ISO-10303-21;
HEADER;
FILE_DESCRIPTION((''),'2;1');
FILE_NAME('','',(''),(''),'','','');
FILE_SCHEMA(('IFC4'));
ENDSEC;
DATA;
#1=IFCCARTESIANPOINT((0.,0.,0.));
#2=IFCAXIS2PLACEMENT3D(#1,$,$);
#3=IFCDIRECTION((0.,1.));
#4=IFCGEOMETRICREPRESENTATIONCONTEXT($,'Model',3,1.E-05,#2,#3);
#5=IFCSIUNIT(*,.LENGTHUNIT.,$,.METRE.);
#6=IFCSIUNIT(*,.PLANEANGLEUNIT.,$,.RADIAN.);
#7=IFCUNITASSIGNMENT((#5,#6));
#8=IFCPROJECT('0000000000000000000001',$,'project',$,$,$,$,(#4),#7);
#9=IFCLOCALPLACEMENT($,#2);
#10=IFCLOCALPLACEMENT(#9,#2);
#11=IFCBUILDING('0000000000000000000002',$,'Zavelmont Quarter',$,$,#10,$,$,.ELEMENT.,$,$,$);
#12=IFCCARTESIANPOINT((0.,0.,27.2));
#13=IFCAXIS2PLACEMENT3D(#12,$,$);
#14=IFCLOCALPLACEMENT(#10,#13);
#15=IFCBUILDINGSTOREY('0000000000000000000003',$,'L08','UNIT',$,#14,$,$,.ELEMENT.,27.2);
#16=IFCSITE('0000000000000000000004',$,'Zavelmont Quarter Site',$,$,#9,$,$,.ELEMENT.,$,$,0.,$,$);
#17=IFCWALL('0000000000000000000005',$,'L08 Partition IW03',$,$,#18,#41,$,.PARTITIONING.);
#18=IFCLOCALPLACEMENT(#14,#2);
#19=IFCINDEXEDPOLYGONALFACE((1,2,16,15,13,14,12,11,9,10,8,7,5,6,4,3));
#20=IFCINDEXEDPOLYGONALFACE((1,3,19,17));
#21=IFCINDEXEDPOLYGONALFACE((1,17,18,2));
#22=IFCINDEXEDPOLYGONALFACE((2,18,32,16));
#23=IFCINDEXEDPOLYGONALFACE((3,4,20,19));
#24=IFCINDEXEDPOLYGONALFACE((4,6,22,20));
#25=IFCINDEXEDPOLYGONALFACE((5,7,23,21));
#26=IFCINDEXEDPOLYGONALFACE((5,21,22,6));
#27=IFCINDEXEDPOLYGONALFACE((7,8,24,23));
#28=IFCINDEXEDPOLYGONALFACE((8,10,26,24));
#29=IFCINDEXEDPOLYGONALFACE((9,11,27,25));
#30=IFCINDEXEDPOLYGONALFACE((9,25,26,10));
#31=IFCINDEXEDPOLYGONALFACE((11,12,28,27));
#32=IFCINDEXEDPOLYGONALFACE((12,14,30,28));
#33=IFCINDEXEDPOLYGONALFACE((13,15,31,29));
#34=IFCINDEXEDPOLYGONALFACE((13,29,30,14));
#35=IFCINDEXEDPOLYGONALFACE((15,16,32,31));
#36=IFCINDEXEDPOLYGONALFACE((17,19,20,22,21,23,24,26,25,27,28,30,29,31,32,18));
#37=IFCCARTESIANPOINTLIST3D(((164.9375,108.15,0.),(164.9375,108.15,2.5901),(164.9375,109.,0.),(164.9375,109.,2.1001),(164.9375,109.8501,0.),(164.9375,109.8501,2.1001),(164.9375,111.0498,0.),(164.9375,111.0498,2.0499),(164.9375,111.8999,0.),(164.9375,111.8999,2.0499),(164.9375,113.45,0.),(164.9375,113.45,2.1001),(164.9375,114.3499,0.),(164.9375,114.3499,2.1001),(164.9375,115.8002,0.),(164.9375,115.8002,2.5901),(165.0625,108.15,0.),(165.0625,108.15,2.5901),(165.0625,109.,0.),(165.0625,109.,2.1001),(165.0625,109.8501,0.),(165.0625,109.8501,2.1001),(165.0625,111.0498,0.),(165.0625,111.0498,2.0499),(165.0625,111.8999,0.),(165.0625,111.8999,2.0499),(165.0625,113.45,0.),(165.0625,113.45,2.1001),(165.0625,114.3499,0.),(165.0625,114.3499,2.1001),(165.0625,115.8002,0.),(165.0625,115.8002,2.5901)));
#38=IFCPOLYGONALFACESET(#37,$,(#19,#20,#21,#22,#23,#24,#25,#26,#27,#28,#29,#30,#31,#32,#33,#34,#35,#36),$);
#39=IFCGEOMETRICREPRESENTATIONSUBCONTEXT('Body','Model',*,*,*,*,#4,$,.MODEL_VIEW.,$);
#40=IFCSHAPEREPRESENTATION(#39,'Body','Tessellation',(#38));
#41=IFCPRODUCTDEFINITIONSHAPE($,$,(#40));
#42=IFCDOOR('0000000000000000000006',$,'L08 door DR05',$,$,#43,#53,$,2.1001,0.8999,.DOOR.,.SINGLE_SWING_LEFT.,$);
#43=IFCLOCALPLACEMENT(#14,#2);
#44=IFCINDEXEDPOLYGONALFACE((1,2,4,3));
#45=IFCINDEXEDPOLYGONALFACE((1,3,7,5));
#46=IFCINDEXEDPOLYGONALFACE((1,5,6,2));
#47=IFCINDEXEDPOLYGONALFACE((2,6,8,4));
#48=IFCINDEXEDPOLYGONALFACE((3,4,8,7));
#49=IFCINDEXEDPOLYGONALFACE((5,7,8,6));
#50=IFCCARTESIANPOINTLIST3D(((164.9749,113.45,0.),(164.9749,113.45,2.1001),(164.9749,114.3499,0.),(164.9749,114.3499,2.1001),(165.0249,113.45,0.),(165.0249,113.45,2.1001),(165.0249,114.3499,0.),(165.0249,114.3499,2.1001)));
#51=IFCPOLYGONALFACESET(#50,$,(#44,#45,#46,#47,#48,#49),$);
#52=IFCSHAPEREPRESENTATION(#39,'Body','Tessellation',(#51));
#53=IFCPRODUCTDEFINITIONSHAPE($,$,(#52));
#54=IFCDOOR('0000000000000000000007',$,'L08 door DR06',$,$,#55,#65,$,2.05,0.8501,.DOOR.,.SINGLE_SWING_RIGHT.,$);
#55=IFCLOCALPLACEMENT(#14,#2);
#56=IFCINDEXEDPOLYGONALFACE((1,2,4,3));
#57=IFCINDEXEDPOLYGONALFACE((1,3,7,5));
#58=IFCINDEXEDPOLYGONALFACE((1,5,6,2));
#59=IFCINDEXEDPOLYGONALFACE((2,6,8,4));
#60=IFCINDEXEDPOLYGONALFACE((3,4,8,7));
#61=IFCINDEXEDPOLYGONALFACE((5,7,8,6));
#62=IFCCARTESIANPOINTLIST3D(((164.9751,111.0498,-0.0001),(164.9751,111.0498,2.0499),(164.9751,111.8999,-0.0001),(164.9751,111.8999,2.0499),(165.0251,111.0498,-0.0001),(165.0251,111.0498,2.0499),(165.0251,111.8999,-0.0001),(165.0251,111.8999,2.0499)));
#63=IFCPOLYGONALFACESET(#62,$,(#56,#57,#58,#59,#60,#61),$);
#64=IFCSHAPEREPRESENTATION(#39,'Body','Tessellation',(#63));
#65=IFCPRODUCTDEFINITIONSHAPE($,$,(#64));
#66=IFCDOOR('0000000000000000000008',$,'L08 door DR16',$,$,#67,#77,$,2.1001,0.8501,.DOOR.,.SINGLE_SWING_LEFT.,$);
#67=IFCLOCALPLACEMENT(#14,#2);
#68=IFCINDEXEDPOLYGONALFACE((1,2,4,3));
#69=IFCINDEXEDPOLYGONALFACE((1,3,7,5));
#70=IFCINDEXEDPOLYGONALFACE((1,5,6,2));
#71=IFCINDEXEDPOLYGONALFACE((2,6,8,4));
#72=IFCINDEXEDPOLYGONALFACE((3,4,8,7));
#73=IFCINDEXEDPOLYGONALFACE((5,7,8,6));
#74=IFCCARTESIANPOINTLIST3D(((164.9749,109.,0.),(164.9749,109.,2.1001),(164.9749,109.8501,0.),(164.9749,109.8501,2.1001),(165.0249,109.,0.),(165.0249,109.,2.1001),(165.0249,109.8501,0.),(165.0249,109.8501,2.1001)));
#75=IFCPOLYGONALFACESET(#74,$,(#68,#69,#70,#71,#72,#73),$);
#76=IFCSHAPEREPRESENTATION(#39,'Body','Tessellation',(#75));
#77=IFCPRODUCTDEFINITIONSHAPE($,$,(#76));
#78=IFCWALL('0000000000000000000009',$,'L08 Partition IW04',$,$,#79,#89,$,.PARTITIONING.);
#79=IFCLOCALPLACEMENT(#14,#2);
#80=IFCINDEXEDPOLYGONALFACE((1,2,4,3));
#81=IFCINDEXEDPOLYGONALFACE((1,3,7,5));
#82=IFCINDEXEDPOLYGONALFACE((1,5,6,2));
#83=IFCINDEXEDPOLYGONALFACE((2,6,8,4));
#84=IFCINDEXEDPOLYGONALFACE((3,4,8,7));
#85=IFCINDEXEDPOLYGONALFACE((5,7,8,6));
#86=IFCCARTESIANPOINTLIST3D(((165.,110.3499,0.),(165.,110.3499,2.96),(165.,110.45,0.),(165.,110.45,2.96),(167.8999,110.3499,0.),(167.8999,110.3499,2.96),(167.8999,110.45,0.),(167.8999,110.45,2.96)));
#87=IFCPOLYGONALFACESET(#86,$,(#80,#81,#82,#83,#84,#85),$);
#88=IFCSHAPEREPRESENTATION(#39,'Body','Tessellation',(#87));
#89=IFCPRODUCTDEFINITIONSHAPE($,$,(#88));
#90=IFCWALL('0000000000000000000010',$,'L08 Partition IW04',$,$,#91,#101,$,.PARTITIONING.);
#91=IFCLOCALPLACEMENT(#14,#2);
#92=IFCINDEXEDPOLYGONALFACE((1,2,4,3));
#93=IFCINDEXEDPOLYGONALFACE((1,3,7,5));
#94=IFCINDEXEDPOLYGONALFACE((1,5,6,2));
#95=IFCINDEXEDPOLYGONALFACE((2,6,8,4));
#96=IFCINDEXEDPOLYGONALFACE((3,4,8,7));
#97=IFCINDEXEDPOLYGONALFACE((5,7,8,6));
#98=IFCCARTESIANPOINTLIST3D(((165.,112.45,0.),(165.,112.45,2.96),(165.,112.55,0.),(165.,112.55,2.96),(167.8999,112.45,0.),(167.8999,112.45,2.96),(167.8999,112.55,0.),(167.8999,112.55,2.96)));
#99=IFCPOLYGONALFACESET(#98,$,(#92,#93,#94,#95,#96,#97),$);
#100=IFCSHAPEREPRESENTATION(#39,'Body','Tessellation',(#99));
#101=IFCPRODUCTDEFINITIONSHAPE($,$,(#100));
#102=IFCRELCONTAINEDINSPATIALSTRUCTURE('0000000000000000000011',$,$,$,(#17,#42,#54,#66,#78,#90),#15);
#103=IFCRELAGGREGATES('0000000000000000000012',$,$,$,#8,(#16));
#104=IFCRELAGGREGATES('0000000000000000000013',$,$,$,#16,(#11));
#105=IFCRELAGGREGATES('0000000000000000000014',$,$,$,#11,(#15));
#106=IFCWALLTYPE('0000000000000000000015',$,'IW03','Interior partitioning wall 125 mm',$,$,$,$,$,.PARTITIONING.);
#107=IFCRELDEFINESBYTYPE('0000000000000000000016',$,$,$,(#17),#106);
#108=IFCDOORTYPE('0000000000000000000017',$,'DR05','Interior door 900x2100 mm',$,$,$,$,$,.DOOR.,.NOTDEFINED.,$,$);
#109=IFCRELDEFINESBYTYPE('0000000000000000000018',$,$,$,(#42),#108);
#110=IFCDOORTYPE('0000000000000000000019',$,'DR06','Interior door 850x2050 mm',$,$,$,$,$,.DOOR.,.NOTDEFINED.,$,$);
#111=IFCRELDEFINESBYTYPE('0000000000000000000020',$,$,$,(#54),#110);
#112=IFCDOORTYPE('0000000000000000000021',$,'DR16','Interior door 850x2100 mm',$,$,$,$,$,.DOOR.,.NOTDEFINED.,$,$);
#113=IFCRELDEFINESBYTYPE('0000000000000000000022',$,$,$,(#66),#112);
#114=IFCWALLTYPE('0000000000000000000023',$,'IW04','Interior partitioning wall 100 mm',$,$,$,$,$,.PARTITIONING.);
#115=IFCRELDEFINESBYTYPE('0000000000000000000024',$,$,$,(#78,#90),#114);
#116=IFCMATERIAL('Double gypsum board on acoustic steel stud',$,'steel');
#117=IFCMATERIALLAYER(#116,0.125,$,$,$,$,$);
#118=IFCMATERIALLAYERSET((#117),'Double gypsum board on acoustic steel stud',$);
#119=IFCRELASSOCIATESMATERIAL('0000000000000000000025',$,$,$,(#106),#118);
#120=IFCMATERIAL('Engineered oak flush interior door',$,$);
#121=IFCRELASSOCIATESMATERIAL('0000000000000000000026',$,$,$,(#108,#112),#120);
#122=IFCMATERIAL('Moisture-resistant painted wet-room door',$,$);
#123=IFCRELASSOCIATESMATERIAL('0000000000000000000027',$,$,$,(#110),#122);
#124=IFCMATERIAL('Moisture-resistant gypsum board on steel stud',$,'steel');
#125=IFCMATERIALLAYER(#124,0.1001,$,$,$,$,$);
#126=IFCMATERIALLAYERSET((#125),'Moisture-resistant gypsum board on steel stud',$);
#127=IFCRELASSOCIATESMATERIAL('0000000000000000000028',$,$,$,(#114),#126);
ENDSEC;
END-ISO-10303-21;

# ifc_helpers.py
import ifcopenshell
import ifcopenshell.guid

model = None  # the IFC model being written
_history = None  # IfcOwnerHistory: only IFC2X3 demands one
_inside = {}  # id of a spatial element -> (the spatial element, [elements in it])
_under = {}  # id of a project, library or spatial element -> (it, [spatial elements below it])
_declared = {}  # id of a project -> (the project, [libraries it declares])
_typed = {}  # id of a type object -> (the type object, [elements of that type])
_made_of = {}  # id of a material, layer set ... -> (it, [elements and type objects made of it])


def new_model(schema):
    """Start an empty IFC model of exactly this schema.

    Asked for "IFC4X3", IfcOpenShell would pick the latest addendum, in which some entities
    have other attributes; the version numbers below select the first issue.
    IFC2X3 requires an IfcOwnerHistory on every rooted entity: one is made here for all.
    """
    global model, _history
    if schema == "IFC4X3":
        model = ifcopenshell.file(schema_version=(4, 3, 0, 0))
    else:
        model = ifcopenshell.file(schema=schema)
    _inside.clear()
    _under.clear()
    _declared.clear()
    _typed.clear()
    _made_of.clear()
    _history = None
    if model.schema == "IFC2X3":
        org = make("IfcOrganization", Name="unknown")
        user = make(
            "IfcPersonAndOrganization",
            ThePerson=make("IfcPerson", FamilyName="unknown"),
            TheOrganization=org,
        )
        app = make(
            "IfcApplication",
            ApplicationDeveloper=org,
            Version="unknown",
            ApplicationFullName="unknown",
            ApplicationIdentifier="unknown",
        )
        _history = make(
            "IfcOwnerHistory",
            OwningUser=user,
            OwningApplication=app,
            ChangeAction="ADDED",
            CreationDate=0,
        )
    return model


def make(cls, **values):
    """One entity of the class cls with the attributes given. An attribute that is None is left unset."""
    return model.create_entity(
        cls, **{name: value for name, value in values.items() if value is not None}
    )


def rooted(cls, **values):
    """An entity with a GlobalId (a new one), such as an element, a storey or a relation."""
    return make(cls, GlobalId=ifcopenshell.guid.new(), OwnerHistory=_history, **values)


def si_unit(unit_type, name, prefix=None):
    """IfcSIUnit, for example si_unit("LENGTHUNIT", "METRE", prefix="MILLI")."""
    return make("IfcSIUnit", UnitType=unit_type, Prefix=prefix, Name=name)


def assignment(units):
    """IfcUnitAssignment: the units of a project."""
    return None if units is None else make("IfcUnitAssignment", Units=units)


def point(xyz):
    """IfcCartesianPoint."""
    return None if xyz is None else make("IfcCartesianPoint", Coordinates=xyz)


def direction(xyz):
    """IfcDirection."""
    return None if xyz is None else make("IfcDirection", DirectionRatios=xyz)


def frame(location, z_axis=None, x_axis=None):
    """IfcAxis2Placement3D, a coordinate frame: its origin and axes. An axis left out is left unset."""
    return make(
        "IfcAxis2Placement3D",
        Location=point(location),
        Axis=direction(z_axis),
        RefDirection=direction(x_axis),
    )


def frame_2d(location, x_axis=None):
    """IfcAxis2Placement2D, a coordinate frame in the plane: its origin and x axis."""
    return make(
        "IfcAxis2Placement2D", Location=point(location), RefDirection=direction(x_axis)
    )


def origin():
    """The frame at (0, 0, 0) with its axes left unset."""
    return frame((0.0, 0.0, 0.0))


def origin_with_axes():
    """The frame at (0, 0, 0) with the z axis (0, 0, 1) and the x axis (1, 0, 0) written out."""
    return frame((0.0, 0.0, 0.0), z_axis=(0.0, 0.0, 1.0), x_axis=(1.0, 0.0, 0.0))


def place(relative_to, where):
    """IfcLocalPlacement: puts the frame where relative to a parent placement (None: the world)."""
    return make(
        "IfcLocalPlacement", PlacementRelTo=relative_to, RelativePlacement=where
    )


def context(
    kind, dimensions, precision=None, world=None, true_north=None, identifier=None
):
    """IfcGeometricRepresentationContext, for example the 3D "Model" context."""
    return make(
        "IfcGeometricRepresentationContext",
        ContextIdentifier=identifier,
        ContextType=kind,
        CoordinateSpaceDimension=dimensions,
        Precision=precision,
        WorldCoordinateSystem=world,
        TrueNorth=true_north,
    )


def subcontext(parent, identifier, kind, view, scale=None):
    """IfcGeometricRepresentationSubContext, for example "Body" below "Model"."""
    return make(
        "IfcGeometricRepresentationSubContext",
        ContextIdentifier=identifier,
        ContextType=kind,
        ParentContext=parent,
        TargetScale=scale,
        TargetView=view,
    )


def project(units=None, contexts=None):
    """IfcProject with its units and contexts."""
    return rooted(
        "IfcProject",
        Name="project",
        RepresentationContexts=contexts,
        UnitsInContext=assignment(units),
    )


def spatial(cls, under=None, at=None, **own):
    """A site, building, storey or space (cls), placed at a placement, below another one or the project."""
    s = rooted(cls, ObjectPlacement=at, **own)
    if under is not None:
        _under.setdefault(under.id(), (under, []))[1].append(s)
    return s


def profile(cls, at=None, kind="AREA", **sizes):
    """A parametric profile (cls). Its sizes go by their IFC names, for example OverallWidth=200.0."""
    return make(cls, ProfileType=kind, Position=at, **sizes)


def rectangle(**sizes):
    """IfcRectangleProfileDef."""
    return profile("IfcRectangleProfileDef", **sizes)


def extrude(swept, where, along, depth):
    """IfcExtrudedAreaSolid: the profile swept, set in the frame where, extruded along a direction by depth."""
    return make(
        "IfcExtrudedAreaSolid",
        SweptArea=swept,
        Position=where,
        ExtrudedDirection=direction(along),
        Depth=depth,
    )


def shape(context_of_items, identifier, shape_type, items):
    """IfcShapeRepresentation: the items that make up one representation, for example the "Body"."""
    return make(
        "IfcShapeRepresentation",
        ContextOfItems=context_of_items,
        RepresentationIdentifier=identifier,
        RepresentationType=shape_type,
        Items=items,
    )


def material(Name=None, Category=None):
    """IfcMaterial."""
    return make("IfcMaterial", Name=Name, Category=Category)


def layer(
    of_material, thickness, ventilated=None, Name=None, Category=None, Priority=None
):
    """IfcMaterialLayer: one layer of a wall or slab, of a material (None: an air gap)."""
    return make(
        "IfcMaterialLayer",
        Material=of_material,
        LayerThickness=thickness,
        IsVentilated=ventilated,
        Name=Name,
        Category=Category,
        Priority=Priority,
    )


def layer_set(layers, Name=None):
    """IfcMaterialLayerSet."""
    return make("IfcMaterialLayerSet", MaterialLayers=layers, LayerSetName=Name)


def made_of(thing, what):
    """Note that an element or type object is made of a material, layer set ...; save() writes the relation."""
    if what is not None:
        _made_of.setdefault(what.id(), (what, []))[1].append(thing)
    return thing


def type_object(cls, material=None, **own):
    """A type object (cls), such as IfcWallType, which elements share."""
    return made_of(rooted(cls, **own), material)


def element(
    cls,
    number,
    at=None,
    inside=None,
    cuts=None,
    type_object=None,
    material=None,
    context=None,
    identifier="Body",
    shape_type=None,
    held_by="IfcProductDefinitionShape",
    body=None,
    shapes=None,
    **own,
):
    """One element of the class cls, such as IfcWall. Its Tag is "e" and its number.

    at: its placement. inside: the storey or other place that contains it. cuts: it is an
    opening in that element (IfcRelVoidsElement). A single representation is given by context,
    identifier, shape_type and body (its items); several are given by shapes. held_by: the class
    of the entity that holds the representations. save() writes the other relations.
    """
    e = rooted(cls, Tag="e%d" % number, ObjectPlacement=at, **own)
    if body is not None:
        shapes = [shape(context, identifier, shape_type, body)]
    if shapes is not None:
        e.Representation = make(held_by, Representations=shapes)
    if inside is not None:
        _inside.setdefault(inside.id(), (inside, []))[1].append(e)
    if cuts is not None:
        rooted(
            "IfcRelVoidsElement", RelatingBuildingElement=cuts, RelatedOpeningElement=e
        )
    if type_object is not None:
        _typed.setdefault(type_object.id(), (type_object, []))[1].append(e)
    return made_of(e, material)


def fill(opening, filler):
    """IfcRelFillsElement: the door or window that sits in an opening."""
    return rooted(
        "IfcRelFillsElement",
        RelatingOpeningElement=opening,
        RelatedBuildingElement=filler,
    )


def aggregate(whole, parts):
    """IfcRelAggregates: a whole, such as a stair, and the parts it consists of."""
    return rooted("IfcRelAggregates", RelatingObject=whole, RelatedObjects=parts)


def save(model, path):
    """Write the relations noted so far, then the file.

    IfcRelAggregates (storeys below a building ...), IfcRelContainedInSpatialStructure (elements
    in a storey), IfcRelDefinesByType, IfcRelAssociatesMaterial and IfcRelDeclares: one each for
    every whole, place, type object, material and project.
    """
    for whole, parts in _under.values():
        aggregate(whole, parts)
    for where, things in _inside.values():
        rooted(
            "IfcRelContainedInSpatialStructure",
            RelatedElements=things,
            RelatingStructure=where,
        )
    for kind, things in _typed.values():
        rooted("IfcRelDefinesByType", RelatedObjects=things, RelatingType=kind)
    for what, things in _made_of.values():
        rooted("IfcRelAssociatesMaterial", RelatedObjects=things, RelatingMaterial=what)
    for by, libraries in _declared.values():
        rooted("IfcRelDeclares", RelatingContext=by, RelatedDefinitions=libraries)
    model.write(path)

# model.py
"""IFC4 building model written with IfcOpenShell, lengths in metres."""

from ifc_helpers import new_model, si_unit, direction, frame, frame_2d, origin, origin_with_axes, place, context, subcontext, project, spatial, rectangle, extrude, material, layer, layer_set, type_object, element, fill, save


model = new_model("IFC4")

# Units and contexts
model_context = context("Model", 3, precision=1e-05, world=origin(), true_north=direction((0.0, 1.0)))
body_context = subcontext(model_context, "Body", "Model", "MODEL_VIEW")
ifc_project = project(units=[si_unit("LENGTHUNIT", "METRE"), si_unit("PLANEANGLEUNIT", "RADIAN")], contexts=[model_context])

# Site, building, storey
site_placement = place(None, origin())
site = spatial("IfcSite", under=ifc_project, at=site_placement, Name="Zavelmont Quarter Site", CompositionType="ELEMENT", RefElevation=0.0)
building_placement = place(site_placement, origin())
building = spatial("IfcBuilding", under=site, at=building_placement, Name="Zavelmont Quarter", CompositionType="ELEMENT")
storey_placement = place(building_placement, frame((0.0, 0.0, 27.2)))
storey = spatial("IfcBuildingStorey", under=building, at=storey_placement, Name="L08", Description="UNIT", CompositionType="ELEMENT", Elevation=27.2)

# Wall, openings, doors
ifc_material_1 = material(Name="Double gypsum board on acoustic steel stud", Category="steel")
ifc_layer_1 = layer(ifc_material_1, 0.125)
ifc_layer_set_1 = layer_set([ifc_layer_1], Name="Double gypsum board on acoustic steel stud")
wall_type_1 = type_object("IfcWallType", Name="IW03", Description="Interior partitioning wall 125 mm", PredefinedType="PARTITIONING", material=ifc_layer_set_1)
wall_placement = place(storey_placement, frame((165.0, 108.1499, 0.0), z_axis=(0.0, 0.0, 1.0), x_axis=(0.0, 1.0, 0.0)))
wall = element("IfcWall", 1, at=wall_placement, inside=storey, type_object=wall_type_1, Name="L08 Partition IW03", PredefinedType="PARTITIONING", context=body_context, shape_type="SweptSolid", body=[
    extrude(rectangle(XDim=7.6501, YDim=0.125, at=frame_2d((3.8252, 0.0))), origin(), (0.0, 0.0, 1.0), 2.5901),
])
opening_1_placement = place(wall_placement, frame((0.8501, 0.0, 0.0)))
opening_1 = element("IfcOpeningElement", 2, at=opening_1_placement, cuts=wall, PredefinedType="OPENING", context=body_context, shape_type="SweptSolid", body=[
    extrude(rectangle(XDim=0.8501, YDim=2.1001, at=frame_2d((0.425, 1.05))), frame((0.0, 0.0745, 0.0), z_axis=(0.0, -1.0, 0.0), x_axis=(1.0, 0.0, 0.0)), (0.0, 0.0, 1.0), 0.1489),
])
opening_2_placement = place(wall_placement, frame((2.8999, 0.0, 0.0)))
opening_2 = element("IfcOpeningElement", 3, at=opening_2_placement, cuts=wall, PredefinedType="OPENING", context=body_context, shape_type="SweptSolid", body=[
    extrude(rectangle(XDim=0.8501, YDim=2.05, at=frame_2d((0.425, 1.0249))), frame((0.0, 0.0745, 0.0), z_axis=(0.0, -1.0, 0.0), x_axis=(1.0, 0.0, 0.0)), (0.0, 0.0, 1.0), 0.1489),
])
opening_3_placement = place(wall_placement, frame((5.3, 0.0, 0.0)))
opening_3 = element("IfcOpeningElement", 4, at=opening_3_placement, cuts=wall, PredefinedType="OPENING", context=body_context, shape_type="SweptSolid", body=[
    extrude(rectangle(XDim=0.8999, YDim=2.1001, at=frame_2d((0.45, 1.05))), frame((0.0, 0.0745, 0.0), z_axis=(0.0, -1.0, 0.0), x_axis=(1.0, 0.0, 0.0)), (0.0, 0.0, 1.0), 0.1489),
])
ifc_material_2 = material(Name="Engineered oak flush interior door")
door_type_1 = type_object("IfcDoorType", Name="DR05", Description="Interior door 900x2100 mm", OperationType="NOTDEFINED", PredefinedType="DOOR", material=ifc_material_2)
door_1_placement = place(opening_3_placement, frame((0.8999, 0.0, 0.0), z_axis=(0.0, 0.0, 1.0), x_axis=(-1.0, 0.0, 0.0)))
door_1 = element("IfcDoor", 5, at=door_1_placement, inside=storey, type_object=door_type_1, Name="L08 door DR05", OperationType="SINGLE_SWING_LEFT", OverallHeight=2.1001, OverallWidth=0.8999, PredefinedType="DOOR", context=body_context, shape_type="SweptSolid", body=[
    extrude(rectangle(XDim=0.8999, YDim=2.1001, at=frame_2d((0.45, 1.05))), frame((0.0, 0.0249, 0.0), z_axis=(0.0, -1.0, 0.0), x_axis=(1.0, 0.0, 0.0)), (0.0, 0.0, 1.0), 0.05),
])
fill(opening_3, door_1)
ifc_material_3 = material(Name="Moisture-resistant painted wet-room door")
door_type_2 = type_object("IfcDoorType", Name="DR06", Description="Interior door 850x2050 mm", OperationType="NOTDEFINED", PredefinedType="DOOR", material=ifc_material_3)
door_2_placement = place(opening_2_placement, origin_with_axes())
door_2 = element("IfcDoor", 6, at=door_2_placement, inside=storey, type_object=door_type_2, Name="L08 door DR06", OperationType="SINGLE_SWING_RIGHT", OverallHeight=2.05, OverallWidth=0.8501, PredefinedType="DOOR", context=body_context, shape_type="SweptSolid", body=[
    extrude(rectangle(XDim=0.8501, YDim=2.05, at=frame_2d((0.425, 1.0249))), frame((0.0, 0.0249, 0.0), z_axis=(0.0, -1.0, 0.0), x_axis=(1.0, 0.0, 0.0)), (0.0, 0.0, 1.0), 0.05),
])
fill(opening_2, door_2)
door_type_3 = type_object("IfcDoorType", Name="DR16", Description="Interior door 850x2100 mm", OperationType="NOTDEFINED", PredefinedType="DOOR", material=ifc_material_2)
door_3_placement = place(opening_1_placement, frame((0.8501, 0.0, 0.0), z_axis=(0.0, 0.0, 1.0), x_axis=(-1.0, 0.0, 0.0)))
door_3 = element("IfcDoor", 7, at=door_3_placement, inside=storey, type_object=door_type_3, Name="L08 door DR16", OperationType="SINGLE_SWING_LEFT", OverallHeight=2.1001, OverallWidth=0.8501, PredefinedType="DOOR", context=body_context, shape_type="SweptSolid", body=[
    extrude(rectangle(XDim=0.8501, YDim=2.1001, at=frame_2d((0.425, 1.05))), frame((0.0, 0.0249, 0.0), z_axis=(0.0, -1.0, 0.0), x_axis=(1.0, 0.0, 0.0)), (0.0, 0.0, 1.0), 0.05),
])
fill(opening_1, door_3)

# Walls
ifc_material_4 = material(Name="Moisture-resistant gypsum board on steel stud", Category="steel")
ifc_layer_2 = layer(ifc_material_4, 0.1001)
ifc_layer_set_2 = layer_set([ifc_layer_2], Name="Moisture-resistant gypsum board on steel stud")
wall_type_2 = type_object("IfcWallType", Name="IW04", Description="Interior partitioning wall 100 mm", PredefinedType="PARTITIONING", material=ifc_layer_set_2)
for number, where, z_axis, x_axis, name in (
    (8, (165.0, 110.3999, 0.0), (0.0, 0.0, 1.0), (1.0, 0.0, 0.0), "L08 Partition IW04"),
    (9, (165.0, 112.5, 0.0), (0.0, 0.0, 1.0), (1.0, 0.0, 0.0), "L08 Partition IW04"),
):
    element("IfcWall", number, at=place(storey_placement, frame(where, z_axis=z_axis, x_axis=x_axis)), inside=storey, type_object=wall_type_2, Name=name, PredefinedType="PARTITIONING", context=body_context, shape_type="SweptSolid", body=[
        extrude(rectangle(XDim=2.8999, YDim=0.1001, at=frame_2d((1.45, 0.0))), origin(), (0.0, 0.0, 1.0), 2.96),
    ])

save(model, "model.ifc")
